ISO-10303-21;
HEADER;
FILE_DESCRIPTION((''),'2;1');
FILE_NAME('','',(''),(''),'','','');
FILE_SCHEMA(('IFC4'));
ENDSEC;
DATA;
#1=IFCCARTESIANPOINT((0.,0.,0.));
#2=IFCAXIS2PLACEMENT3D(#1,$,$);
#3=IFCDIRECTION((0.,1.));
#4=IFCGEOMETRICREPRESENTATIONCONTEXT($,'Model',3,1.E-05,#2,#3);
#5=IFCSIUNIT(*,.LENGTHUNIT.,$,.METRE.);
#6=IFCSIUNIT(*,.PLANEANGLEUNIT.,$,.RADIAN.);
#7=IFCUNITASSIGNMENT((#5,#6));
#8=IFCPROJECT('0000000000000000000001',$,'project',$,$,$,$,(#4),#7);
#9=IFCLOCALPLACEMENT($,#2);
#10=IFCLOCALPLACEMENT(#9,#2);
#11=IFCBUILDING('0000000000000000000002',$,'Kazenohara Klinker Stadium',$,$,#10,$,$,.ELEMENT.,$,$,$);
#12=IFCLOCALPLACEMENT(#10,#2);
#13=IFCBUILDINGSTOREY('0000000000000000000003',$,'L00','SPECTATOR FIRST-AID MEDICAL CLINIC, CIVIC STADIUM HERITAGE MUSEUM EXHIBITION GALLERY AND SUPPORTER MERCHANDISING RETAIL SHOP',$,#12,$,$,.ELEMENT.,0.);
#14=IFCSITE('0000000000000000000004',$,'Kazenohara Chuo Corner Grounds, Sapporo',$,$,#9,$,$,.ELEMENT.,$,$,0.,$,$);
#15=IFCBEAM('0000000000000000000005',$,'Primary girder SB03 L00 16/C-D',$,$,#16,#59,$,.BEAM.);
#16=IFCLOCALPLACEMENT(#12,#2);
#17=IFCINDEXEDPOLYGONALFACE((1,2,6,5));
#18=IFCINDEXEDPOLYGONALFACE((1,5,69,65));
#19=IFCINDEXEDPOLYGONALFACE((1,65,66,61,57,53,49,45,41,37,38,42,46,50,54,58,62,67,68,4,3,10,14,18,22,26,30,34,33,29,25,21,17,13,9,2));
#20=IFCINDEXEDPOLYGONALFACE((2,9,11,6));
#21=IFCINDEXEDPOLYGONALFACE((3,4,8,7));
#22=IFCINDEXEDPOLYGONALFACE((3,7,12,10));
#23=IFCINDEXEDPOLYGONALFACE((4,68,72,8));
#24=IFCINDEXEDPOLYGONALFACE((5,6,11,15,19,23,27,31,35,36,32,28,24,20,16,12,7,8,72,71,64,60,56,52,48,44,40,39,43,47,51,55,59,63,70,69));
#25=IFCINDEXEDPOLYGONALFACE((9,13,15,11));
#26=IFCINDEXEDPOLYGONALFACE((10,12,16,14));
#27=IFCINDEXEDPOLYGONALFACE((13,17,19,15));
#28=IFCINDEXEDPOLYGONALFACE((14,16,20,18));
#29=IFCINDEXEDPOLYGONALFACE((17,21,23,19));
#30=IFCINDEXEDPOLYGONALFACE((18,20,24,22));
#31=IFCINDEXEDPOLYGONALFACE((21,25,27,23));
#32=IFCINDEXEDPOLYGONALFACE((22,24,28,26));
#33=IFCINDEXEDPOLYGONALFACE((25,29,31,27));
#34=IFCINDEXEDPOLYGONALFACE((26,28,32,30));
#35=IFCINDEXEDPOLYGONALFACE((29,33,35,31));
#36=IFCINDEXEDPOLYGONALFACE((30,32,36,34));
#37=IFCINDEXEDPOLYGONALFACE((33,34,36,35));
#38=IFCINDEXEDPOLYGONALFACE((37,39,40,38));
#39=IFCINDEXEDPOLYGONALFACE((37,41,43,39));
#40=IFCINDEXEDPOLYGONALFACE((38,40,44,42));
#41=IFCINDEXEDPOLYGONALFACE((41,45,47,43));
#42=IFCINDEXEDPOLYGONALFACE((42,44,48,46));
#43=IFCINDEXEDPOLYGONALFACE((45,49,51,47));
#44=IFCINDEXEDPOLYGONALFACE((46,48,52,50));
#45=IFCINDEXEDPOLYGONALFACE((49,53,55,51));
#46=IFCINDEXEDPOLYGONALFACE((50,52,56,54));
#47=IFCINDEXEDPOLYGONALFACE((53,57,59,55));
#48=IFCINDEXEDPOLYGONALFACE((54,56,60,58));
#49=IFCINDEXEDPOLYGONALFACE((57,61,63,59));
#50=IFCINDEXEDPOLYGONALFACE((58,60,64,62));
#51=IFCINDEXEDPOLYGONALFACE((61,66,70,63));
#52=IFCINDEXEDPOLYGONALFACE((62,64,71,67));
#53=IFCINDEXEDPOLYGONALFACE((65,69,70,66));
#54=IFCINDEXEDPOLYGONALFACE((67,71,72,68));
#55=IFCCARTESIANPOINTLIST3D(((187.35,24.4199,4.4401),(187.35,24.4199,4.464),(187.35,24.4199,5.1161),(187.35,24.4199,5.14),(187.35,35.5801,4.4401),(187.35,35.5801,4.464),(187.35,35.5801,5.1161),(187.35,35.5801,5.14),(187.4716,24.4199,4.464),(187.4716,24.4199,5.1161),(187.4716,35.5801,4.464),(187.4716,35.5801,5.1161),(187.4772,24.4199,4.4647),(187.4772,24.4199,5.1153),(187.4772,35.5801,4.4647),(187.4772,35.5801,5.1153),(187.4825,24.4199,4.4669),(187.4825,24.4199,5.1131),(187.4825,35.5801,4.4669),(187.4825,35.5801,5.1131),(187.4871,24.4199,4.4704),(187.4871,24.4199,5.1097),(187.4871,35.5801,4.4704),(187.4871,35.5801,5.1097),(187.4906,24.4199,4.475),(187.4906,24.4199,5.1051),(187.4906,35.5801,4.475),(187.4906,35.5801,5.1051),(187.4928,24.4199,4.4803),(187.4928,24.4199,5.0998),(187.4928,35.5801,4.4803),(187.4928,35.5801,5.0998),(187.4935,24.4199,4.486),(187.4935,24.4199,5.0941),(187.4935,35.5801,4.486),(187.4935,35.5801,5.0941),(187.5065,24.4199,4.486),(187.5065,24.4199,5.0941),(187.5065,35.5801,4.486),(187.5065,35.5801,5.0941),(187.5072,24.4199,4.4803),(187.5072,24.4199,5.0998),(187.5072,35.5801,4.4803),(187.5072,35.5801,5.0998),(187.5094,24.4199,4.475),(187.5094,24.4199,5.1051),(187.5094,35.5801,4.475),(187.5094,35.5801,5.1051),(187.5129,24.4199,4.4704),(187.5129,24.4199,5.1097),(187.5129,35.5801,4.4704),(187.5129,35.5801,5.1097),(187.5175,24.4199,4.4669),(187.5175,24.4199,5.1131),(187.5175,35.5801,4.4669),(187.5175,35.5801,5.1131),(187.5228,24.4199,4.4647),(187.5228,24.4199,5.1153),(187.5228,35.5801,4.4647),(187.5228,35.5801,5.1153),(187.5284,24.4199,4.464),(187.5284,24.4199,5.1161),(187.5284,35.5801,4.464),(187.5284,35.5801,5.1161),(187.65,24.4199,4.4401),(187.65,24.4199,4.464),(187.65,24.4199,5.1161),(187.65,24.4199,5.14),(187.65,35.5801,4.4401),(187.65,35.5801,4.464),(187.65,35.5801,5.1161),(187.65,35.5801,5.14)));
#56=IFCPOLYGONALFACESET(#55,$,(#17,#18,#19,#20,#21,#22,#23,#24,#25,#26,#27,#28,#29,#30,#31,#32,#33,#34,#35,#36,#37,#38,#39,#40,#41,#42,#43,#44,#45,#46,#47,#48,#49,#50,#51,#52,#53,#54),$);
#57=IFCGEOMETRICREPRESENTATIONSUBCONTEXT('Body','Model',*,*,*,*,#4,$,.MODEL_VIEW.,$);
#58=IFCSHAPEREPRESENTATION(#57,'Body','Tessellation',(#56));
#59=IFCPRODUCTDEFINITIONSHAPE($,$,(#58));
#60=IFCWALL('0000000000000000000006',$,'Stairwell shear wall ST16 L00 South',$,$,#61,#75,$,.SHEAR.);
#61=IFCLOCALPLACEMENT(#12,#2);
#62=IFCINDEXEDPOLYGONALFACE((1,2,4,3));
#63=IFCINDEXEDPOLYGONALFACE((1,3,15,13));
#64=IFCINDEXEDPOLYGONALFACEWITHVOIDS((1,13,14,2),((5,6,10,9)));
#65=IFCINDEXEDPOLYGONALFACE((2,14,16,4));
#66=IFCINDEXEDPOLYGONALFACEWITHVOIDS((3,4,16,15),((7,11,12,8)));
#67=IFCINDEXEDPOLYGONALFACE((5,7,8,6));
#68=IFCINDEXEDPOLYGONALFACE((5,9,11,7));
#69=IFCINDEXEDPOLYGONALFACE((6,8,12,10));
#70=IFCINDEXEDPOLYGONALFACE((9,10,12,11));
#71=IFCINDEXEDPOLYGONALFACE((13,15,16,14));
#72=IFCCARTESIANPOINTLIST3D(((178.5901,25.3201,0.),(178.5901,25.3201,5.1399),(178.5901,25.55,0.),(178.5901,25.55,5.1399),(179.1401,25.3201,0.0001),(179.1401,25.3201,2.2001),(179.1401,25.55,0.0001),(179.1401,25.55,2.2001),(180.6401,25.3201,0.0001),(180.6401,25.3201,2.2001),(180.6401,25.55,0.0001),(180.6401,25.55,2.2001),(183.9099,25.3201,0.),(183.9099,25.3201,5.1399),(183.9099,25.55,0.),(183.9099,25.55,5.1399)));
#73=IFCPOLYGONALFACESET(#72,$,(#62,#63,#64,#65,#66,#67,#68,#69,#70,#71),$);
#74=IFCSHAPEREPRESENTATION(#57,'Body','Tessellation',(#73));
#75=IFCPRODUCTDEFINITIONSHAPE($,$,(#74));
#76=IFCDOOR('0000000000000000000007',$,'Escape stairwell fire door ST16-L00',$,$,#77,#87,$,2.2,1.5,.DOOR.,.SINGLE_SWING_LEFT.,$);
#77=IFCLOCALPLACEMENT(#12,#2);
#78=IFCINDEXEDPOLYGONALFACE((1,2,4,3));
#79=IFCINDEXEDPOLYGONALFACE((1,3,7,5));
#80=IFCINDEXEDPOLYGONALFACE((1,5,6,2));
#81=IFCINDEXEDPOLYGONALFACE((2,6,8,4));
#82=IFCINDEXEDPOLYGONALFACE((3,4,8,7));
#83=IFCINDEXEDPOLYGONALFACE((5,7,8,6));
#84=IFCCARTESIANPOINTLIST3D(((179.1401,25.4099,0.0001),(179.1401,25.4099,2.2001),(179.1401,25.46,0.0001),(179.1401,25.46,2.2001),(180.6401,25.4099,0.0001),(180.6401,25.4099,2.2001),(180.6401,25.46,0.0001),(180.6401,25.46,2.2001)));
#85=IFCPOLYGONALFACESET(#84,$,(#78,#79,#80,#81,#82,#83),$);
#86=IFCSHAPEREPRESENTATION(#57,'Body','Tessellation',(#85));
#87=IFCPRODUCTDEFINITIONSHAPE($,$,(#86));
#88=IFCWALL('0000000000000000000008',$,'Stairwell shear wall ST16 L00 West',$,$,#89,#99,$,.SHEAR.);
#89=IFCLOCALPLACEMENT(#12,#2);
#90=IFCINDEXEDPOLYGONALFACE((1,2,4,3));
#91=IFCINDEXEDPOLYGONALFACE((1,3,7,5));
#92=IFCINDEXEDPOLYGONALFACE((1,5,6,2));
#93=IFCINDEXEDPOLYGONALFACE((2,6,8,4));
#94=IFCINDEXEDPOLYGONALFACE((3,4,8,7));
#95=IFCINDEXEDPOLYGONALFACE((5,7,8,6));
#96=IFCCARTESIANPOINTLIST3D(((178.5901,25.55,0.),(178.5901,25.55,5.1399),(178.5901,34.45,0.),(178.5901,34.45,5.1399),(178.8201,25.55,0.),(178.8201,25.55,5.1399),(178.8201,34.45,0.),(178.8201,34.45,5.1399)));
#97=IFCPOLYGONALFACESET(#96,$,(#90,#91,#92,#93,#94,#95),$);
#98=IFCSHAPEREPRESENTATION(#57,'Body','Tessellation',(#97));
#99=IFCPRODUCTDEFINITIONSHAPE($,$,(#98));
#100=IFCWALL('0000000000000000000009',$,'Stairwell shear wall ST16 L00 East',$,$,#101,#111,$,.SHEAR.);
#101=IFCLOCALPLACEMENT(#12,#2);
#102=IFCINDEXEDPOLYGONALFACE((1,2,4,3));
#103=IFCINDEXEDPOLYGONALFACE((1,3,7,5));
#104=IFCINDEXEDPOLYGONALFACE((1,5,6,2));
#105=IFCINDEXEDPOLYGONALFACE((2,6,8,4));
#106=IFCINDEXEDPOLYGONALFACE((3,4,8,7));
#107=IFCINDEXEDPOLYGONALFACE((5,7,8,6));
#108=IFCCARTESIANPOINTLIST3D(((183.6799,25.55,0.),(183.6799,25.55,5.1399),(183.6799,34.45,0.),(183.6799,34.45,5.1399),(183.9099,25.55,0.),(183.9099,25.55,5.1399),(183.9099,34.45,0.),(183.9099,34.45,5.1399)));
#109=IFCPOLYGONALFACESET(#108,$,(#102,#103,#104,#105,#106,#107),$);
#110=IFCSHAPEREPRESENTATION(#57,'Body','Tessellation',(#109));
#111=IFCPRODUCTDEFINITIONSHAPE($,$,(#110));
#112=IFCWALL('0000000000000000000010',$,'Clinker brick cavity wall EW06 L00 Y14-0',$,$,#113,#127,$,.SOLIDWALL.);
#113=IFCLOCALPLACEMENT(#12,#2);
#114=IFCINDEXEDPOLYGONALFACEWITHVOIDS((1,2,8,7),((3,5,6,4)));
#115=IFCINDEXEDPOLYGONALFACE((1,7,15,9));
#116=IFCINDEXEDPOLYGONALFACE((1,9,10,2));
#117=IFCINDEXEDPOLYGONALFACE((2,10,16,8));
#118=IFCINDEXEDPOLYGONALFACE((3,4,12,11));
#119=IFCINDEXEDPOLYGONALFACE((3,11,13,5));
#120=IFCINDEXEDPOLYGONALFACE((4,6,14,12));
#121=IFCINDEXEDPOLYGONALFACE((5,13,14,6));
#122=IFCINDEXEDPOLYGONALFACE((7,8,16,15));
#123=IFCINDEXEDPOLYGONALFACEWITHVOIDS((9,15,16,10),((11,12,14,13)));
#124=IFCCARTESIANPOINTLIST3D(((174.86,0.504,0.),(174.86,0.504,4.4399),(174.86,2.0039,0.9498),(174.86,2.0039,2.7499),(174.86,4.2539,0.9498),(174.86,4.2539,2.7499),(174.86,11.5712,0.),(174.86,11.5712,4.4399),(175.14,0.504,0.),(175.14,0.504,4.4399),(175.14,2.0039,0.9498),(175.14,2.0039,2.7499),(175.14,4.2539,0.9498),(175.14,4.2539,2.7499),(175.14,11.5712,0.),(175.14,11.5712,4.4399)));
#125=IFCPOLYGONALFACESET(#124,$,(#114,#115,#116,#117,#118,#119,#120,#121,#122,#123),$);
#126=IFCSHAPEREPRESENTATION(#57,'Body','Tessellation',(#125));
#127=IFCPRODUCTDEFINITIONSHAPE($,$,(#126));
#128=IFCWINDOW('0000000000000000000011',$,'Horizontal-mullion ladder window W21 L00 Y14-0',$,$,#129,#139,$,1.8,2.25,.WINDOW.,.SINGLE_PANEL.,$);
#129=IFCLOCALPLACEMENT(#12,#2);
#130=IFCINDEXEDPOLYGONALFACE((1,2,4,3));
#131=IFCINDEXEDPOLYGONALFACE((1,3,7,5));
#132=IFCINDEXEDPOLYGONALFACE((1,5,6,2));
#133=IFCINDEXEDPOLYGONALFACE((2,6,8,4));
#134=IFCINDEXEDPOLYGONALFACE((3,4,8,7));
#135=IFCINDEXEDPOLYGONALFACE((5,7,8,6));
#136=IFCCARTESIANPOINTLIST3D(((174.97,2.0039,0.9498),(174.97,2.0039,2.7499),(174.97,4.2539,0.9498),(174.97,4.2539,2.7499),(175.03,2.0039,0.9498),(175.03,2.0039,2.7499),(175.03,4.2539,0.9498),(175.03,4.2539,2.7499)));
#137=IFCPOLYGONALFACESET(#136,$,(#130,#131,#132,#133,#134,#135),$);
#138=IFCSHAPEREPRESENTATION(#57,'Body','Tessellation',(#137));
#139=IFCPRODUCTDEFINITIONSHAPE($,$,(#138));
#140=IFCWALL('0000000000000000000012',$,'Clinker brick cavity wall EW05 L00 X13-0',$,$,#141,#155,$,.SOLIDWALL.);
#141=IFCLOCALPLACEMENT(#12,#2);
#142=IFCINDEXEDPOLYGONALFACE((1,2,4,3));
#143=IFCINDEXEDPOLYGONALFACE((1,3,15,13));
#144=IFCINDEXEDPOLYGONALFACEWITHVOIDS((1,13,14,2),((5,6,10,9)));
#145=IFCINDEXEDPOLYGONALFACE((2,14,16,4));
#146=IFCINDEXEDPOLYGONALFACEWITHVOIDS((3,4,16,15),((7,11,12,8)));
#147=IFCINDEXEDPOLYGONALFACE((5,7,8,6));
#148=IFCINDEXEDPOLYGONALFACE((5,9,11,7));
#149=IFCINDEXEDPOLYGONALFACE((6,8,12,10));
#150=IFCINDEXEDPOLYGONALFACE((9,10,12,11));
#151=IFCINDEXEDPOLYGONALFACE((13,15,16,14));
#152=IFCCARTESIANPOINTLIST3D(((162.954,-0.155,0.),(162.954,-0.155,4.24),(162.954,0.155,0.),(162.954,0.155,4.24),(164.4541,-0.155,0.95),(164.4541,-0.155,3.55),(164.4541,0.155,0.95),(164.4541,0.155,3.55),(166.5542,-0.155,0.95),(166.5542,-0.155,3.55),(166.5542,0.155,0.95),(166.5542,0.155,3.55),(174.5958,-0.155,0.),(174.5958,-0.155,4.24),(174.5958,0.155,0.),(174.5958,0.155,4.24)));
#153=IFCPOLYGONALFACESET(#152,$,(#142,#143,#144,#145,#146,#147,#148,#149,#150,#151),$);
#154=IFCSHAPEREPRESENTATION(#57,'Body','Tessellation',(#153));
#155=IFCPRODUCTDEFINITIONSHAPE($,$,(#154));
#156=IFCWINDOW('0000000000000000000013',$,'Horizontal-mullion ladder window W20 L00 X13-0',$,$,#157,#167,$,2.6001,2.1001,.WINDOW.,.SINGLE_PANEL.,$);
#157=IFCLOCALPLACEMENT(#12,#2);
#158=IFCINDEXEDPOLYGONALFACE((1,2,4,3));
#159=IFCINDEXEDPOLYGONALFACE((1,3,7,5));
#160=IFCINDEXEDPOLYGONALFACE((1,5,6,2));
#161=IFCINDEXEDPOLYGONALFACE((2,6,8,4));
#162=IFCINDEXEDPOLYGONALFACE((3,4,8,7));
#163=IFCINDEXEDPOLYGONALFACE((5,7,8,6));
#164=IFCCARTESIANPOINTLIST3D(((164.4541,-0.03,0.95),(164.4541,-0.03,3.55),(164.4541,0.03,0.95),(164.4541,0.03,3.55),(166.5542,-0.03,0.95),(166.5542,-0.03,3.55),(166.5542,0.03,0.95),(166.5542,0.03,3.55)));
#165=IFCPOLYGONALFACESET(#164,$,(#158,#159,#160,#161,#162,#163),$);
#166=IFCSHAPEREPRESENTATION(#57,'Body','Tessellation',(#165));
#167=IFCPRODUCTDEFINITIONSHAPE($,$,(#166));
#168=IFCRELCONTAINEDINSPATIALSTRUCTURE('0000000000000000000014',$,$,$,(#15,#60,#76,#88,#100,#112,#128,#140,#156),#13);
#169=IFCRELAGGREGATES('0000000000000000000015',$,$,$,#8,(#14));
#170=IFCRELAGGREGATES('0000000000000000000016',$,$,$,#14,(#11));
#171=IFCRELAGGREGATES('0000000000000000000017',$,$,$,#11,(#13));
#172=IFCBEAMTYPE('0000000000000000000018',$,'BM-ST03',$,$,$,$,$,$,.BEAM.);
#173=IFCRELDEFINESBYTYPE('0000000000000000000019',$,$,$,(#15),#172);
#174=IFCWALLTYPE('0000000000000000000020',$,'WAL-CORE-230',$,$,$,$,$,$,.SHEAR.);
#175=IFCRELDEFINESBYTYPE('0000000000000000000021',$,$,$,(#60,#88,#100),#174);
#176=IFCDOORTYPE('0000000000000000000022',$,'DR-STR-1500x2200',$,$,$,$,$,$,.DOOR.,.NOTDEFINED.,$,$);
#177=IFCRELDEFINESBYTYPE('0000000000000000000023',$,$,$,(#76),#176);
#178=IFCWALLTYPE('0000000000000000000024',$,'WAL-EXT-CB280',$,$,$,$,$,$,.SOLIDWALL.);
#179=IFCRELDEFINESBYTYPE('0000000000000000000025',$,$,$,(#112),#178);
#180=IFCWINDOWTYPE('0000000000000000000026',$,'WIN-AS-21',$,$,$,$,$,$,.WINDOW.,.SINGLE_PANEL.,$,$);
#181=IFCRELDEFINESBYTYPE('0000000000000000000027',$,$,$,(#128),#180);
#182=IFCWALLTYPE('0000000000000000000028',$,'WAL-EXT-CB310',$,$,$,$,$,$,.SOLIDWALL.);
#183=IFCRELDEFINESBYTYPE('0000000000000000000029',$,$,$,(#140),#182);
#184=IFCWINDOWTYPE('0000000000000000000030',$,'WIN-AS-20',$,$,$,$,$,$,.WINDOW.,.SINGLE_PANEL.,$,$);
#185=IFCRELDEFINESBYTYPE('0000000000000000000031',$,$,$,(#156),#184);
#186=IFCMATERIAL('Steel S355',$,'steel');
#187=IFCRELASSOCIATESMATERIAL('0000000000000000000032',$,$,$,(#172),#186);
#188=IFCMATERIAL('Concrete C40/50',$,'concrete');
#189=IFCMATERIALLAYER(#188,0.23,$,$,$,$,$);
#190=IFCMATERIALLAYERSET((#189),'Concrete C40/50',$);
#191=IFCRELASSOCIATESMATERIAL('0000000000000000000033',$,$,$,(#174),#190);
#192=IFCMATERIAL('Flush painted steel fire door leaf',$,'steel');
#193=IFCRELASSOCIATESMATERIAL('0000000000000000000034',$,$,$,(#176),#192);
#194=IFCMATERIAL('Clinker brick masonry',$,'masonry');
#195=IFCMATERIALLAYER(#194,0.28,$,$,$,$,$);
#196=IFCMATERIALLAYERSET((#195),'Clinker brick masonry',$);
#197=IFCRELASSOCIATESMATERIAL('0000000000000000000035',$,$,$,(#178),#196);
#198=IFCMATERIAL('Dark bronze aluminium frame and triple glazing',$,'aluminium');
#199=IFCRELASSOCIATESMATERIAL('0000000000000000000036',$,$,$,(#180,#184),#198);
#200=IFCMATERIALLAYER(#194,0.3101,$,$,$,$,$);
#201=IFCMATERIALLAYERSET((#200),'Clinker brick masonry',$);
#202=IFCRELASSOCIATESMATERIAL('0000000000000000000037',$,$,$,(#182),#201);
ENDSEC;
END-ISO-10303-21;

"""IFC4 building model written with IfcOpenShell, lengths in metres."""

from ifc_helpers import new_model, si_unit, direction, frame, frame_2d, origin, origin_2d, place, context, subcontext, project, spatial, rectangle, i_section, extrude, material, layer, layer_set, material_profile, profile_set, type_object, element, fill, save


model = new_model("IFC4")

# Units and contexts
model_context = context("Model", 3, precision=1e-05, world=origin(), true_north=direction((0.0, 1.0)))
body_context = subcontext(model_context, "Body", "Model", "MODEL_VIEW")
ifc_project = project(units=[si_unit("LENGTHUNIT", "METRE"), si_unit("PLANEANGLEUNIT", "RADIAN")], contexts=[model_context])

# Site, building, storey
site_placement = place(None, origin())
site = spatial("IfcSite", under=ifc_project, at=site_placement, Name="Kazenohara Chuo Corner Grounds, Sapporo", CompositionType="ELEMENT", RefElevation=0.0)
building_placement = place(site_placement, origin())
building = spatial("IfcBuilding", under=site, at=building_placement, Name="Kazenohara Klinker Stadium", CompositionType="ELEMENT")
storey_placement = place(building_placement, origin())
storey = spatial("IfcBuildingStorey", under=building, at=storey_placement, Name="L00", Description="SPECTATOR FIRST-AID MEDICAL CLINIC, CIVIC STADIUM HERITAGE MUSEUM EXHIBITION GALLERY AND SUPPORTER MERCHANDISING RETAIL SHOP", CompositionType="ELEMENT", Elevation=0.0)

# Shared definitions
ifc_material_1 = material(Name="Concrete C40/50", Category="concrete")

# Beam
ifc_material_2 = material(Name="Steel S355", Category="steel")
ifc_material_profile_1 = material_profile(ifc_material_2, i_section(OverallWidth=0.3, OverallDepth=0.7, WebThickness=0.0129, FlangeThickness=0.0239, FilletRadius=0.022, at=origin_2d()), Name="H-700x300x13x24")
ifc_profile_set_1 = profile_set([ifc_material_profile_1], Name="Steel S355")
beam_type_1 = type_object("IfcBeamType", Name="BM-ST03", PredefinedType="BEAM", material=ifc_profile_set_1)
for number, where, z_axis, x_axis, name in (
    (1, (187.5, 24.4199, 4.79), (0.0, 1.0, 0.0), (-1.0, 0.0, 0.0), "Primary girder SB03 L00 16/C-D"),
):
    element("IfcBeam", number, at=place(storey_placement, frame(where, z_axis=z_axis, x_axis=x_axis)), inside=storey, type_object=beam_type_1, Name=name, PredefinedType="BEAM", context=body_context, shape_type="SweptSolid", body=[
        extrude(i_section(OverallWidth=0.3, OverallDepth=0.7, WebThickness=0.0129, FlangeThickness=0.0239, FilletRadius=0.022, at=origin_2d()), origin(), (0.0, 0.0, 1.0), 11.1602),
    ])

# Wall, opening, door
ifc_layer_1 = layer(ifc_material_1, 0.23)
ifc_layer_set_1 = layer_set([ifc_layer_1], Name="Concrete C40/50")
wall_type_1 = type_object("IfcWallType", Name="WAL-CORE-230", PredefinedType="SHEAR", material=ifc_layer_set_1)
wall_1_placement = place(storey_placement, frame((178.5901, 25.4351, 0.0), z_axis=(0.0, 0.0, 1.0), x_axis=(1.0, 0.0, 0.0)))
wall_1 = element("IfcWall", 2, at=wall_1_placement, inside=storey, type_object=wall_type_1, Name="Stairwell shear wall ST16 L00 South", PredefinedType="SHEAR", context=body_context, shape_type="SweptSolid", body=[
    extrude(rectangle(XDim=5.3198, YDim=0.23, at=frame_2d((2.6599, 0.0))), origin(), (0.0, 0.0, 1.0), 5.1399),
])
opening_1_placement = place(wall_1_placement, frame((0.55, 0.0, 0.0)))
opening_1 = element("IfcOpeningElement", 3, at=opening_1_placement, cuts=wall_1, PredefinedType="OPENING", context=body_context, shape_type="SweptSolid", body=[
    extrude(rectangle(XDim=1.5, YDim=2.2, at=frame_2d((0.75, 1.1001))), frame((0.0, 0.125, 0.0), z_axis=(0.0, -1.0, 0.0), x_axis=(1.0, 0.0, 0.0)), (0.0, 0.0, 1.0), 0.25),
])
ifc_material_3 = material(Name="Flush painted steel fire door leaf", Category="steel")
door_type_1 = type_object("IfcDoorType", Name="DR-STR-1500x2200", OperationType="NOTDEFINED", PredefinedType="DOOR", material=ifc_material_3)
door_1_placement = place(opening_1_placement, origin())
door_1 = element("IfcDoor", 4, at=door_1_placement, inside=storey, type_object=door_type_1, Name="Escape stairwell fire door ST16-L00", OperationType="SINGLE_SWING_LEFT", OverallHeight=2.2, OverallWidth=1.5, PredefinedType="DOOR", context=body_context, shape_type="SweptSolid", body=[
    extrude(rectangle(XDim=1.5, YDim=2.2, at=frame_2d((0.75, 1.1001))), frame((0.0, 0.0249, 0.0), z_axis=(0.0, -1.0, 0.0), x_axis=(1.0, 0.0, 0.0)), (0.0, 0.0, 1.0), 0.05),
])
fill(opening_1, door_1)

# Walls
for number, where, z_axis, x_axis, name in (
    (5, (178.7051, 25.55, 0.0), (0.0, 0.0, 1.0), (0.0, 1.0, 0.0), "Stairwell shear wall ST16 L00 West"),
    (6, (183.7949, 25.55, 0.0), (0.0, 0.0, 1.0), (0.0, 1.0, 0.0), "Stairwell shear wall ST16 L00 East"),
):
    element("IfcWall", number, at=place(storey_placement, frame(where, z_axis=z_axis, x_axis=x_axis)), inside=storey, type_object=wall_type_1, Name=name, PredefinedType="SHEAR", context=body_context, shape_type="SweptSolid", body=[
        extrude(rectangle(XDim=8.8999, YDim=0.23, at=frame_2d((4.45, 0.0))), origin(), (0.0, 0.0, 1.0), 5.1399),
    ])

# Walls, openings, windows
ifc_material_4 = material(Name="Clinker brick masonry", Category="masonry")
ifc_layer_2 = layer(ifc_material_4, 0.28)
ifc_layer_set_2 = layer_set([ifc_layer_2], Name="Clinker brick masonry")
wall_type_2 = type_object("IfcWallType", Name="WAL-EXT-CB280", PredefinedType="SOLIDWALL", material=ifc_layer_set_2)
wall_2_placement = place(storey_placement, frame((175.0, 0.5039, 0.0), z_axis=(0.0, 0.0, 1.0), x_axis=(0.0, 1.0, 0.0)))
wall_2 = element("IfcWall", 7, at=wall_2_placement, inside=storey, type_object=wall_type_2, Name="Clinker brick cavity wall EW06 L00 Y14-0", PredefinedType="SOLIDWALL", context=body_context, shape_type="SweptSolid", body=[
    extrude(rectangle(XDim=11.0671, YDim=0.28, at=frame_2d((5.5337, 0.0))), origin(), (0.0, 0.0, 1.0), 4.4399),
])
opening_2_placement = place(wall_2_placement, frame((1.5, 0.0, 0.95)))
opening_2 = element("IfcOpeningElement", 8, at=opening_2_placement, cuts=wall_2, PredefinedType="OPENING", context=body_context, shape_type="SweptSolid", body=[
    extrude(rectangle(XDim=2.25, YDim=1.8, at=frame_2d((1.125, 0.8999))), frame((0.0, 0.1499, 0.0), z_axis=(0.0, -1.0, 0.0), x_axis=(1.0, 0.0, 0.0)), (0.0, 0.0, 1.0), 0.3),
])
ifc_material_5 = material(Name="Dark bronze aluminium frame and triple glazing", Category="aluminium")
window_type_1 = type_object("IfcWindowType", Name="WIN-AS-21", PartitioningType="SINGLE_PANEL", PredefinedType="WINDOW", material=ifc_material_5)
window_1_placement = place(opening_2_placement, origin())
window_1 = element("IfcWindow", 9, at=window_1_placement, inside=storey, type_object=window_type_1, Name="Horizontal-mullion ladder window W21 L00 Y14-0", OverallHeight=1.8, OverallWidth=2.25, PartitioningType="SINGLE_PANEL", PredefinedType="WINDOW", context=body_context, shape_type="SweptSolid", body=[
    extrude(rectangle(XDim=2.25, YDim=1.8, at=frame_2d((1.125, 0.8999))), frame((0.0, 0.03, 0.0), z_axis=(0.0, -1.0, 0.0), x_axis=(1.0, 0.0, 0.0)), (0.0, 0.0, 1.0), 0.0601),
])
fill(opening_2, window_1)
ifc_layer_3 = layer(ifc_material_4, 0.3101)
ifc_layer_set_3 = layer_set([ifc_layer_3], Name="Clinker brick masonry")
wall_type_3 = type_object("IfcWallType", Name="WAL-EXT-CB310", PredefinedType="SOLIDWALL", material=ifc_layer_set_3)
wall_3_placement = place(storey_placement, frame((162.9541, 0.0, 0.0), z_axis=(0.0, 0.0, 1.0), x_axis=(1.0, 0.0, 0.0)))
wall_3 = element("IfcWall", 10, at=wall_3_placement, inside=storey, type_object=wall_type_3, Name="Clinker brick cavity wall EW05 L00 X13-0", PredefinedType="SOLIDWALL", context=body_context, shape_type="SweptSolid", body=[
    extrude(rectangle(XDim=11.6418, YDim=0.3101, at=frame_2d((5.8208, 0.0))), origin(), (0.0, 0.0, 1.0), 4.24),
])
opening_3_placement = place(wall_3_placement, frame((1.5, 0.0, 0.95)))
opening_3 = element("IfcOpeningElement", 11, at=opening_3_placement, cuts=wall_3, PredefinedType="OPENING", context=body_context, shape_type="SweptSolid", body=[
    extrude(rectangle(XDim=2.1001, YDim=2.6001, at=frame_2d((1.05, 1.3))), frame((0.0, 0.165, 0.0), z_axis=(0.0, -1.0, 0.0), x_axis=(1.0, 0.0, 0.0)), (0.0, 0.0, 1.0), 0.3301),
])
window_type_2 = type_object("IfcWindowType", Name="WIN-AS-20", PartitioningType="SINGLE_PANEL", PredefinedType="WINDOW", material=ifc_material_5)
window_2_placement = place(opening_3_placement, origin())
window_2 = element("IfcWindow", 12, at=window_2_placement, inside=storey, type_object=window_type_2, Name="Horizontal-mullion ladder window W20 L00 X13-0", OverallHeight=2.6001, OverallWidth=2.1001, PartitioningType="SINGLE_PANEL", PredefinedType="WINDOW", context=body_context, shape_type="SweptSolid", body=[
    extrude(rectangle(XDim=2.1001, YDim=2.6001, at=frame_2d((1.05, 1.3))), frame((0.0, 0.03, 0.0), z_axis=(0.0, -1.0, 0.0), x_axis=(1.0, 0.0, 0.0)), (0.0, 0.0, 1.0), 0.0601),
])
fill(opening_3, window_2)

save(model, "model.ifc")
